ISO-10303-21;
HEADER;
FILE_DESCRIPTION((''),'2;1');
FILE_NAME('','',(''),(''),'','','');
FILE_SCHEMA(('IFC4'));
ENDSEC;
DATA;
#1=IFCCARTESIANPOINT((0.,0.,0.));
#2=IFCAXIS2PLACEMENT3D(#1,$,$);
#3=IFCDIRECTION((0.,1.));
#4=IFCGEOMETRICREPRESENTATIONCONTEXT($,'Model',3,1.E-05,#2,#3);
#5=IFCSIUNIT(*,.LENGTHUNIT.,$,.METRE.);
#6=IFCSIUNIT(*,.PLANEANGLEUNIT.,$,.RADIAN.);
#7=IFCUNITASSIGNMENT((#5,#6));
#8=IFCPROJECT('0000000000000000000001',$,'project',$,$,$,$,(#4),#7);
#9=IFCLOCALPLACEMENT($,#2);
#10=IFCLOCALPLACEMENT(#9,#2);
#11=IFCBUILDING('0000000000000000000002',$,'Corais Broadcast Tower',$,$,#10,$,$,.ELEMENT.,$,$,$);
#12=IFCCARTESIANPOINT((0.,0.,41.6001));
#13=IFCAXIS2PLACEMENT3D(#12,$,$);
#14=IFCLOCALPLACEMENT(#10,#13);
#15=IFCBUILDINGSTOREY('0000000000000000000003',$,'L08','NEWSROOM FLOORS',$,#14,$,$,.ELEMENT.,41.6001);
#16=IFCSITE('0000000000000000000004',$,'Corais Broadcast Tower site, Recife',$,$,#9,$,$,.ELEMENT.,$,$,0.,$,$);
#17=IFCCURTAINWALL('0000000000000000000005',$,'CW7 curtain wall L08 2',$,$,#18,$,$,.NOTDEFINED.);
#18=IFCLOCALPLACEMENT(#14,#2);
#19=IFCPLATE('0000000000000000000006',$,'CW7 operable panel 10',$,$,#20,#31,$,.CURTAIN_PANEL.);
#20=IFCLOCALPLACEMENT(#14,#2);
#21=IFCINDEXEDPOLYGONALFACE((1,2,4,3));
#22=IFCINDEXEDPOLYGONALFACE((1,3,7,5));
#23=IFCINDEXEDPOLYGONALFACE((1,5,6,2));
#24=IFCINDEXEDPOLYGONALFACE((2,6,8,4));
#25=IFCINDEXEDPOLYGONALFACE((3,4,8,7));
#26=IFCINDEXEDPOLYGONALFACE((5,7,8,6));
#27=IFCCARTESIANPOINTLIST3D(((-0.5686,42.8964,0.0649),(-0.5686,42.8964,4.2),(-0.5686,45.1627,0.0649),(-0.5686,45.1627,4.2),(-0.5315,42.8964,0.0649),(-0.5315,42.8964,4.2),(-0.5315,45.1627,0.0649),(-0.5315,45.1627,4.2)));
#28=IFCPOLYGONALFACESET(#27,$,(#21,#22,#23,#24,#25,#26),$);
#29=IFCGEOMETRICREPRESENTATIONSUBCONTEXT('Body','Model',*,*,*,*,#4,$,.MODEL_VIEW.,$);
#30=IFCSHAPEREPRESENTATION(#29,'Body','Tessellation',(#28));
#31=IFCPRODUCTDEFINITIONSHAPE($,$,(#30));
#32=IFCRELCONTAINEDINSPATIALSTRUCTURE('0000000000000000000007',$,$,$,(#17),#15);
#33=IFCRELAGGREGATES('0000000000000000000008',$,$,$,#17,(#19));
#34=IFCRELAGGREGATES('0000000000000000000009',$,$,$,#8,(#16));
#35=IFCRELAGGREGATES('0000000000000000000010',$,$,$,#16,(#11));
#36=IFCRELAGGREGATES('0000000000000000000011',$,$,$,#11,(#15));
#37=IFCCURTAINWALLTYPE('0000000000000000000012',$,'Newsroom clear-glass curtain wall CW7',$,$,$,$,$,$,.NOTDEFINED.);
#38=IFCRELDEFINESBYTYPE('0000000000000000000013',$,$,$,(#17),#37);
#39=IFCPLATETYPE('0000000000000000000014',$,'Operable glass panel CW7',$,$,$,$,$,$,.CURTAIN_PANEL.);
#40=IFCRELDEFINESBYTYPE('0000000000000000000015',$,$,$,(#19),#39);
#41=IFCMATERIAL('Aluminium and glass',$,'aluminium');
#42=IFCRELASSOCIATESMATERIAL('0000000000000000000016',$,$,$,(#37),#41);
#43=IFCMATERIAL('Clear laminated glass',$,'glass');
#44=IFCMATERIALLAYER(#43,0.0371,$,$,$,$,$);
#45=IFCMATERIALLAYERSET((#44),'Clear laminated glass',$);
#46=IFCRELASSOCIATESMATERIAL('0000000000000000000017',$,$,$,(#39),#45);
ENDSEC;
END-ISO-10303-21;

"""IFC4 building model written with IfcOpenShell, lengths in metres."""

from ifc_helpers import new_model, si_unit, direction, frame, origin, origin_2d, place, context, subcontext, project, spatial, rectangle, extrude, material, layer, layer_set, type_object, element, aggregate, save


model = new_model("IFC4")

# Units and contexts
model_context = context("Model", 3, precision=1e-05, world=origin(), true_north=direction((0.0, 1.0)))
body_context = subcontext(model_context, "Body", "Model", "MODEL_VIEW")
ifc_project = project(units=[si_unit("LENGTHUNIT", "METRE"), si_unit("PLANEANGLEUNIT", "RADIAN")], contexts=[model_context])

# Site, building, storey
site_placement = place(None, origin())
site = spatial("IfcSite", under=ifc_project, at=site_placement, Name="Corais Broadcast Tower site, Recife", CompositionType="ELEMENT", RefElevation=0.0)
building_placement = place(site_placement, origin())
building = spatial("IfcBuilding", under=site, at=building_placement, Name="Corais Broadcast Tower", CompositionType="ELEMENT")
storey_placement = place(building_placement, frame((0.0, 0.0, 41.6001)))
storey = spatial("IfcBuildingStorey", under=building, at=storey_placement, Name="L08", Description="NEWSROOM FLOORS", CompositionType="ELEMENT", Elevation=41.6001)

# Curtain wall
ifc_material_1 = material(Name="Aluminium and glass", Category="aluminium")
curtain_wall_type = type_object("IfcCurtainWallType", Name="Newsroom clear-glass curtain wall CW7", PredefinedType="NOTDEFINED", material=ifc_material_1)
curtain_wall_placement = place(storey_placement, origin())
curtain_wall = element("IfcCurtainWall", 1, at=curtain_wall_placement, inside=storey, type_object=curtain_wall_type, Name="CW7 curtain wall L08 2", PredefinedType="NOTDEFINED")

# Plate
ifc_material_2 = material(Name="Clear laminated glass", Category="glass")
ifc_layer_1 = layer(ifc_material_2, 0.0371)
ifc_layer_set_1 = layer_set([ifc_layer_1], Name="Clear laminated glass")
plate_type_1 = type_object("IfcPlateType", Name="Operable glass panel CW7", PredefinedType="CURTAIN_PANEL", material=ifc_layer_set_1)
plate_1_placement = place(storey_placement, frame((-0.55, 44.0295, 0.0649), z_axis=(0.0, 0.0, 1.0), x_axis=(0.0, 1.0, 0.0)))
plate_1 = element("IfcPlate", 2, at=plate_1_placement, type_object=plate_type_1, Name="CW7 operable panel 10", PredefinedType="CURTAIN_PANEL", context=body_context, shape_type="SweptSolid", body=[
    extrude(rectangle(XDim=2.2664, YDim=0.0371, at=origin_2d()), origin(), (0.0, 0.0, 1.0), 4.135),
])
aggregate(curtain_wall, [plate_1])

save(model, "model.ifc")
